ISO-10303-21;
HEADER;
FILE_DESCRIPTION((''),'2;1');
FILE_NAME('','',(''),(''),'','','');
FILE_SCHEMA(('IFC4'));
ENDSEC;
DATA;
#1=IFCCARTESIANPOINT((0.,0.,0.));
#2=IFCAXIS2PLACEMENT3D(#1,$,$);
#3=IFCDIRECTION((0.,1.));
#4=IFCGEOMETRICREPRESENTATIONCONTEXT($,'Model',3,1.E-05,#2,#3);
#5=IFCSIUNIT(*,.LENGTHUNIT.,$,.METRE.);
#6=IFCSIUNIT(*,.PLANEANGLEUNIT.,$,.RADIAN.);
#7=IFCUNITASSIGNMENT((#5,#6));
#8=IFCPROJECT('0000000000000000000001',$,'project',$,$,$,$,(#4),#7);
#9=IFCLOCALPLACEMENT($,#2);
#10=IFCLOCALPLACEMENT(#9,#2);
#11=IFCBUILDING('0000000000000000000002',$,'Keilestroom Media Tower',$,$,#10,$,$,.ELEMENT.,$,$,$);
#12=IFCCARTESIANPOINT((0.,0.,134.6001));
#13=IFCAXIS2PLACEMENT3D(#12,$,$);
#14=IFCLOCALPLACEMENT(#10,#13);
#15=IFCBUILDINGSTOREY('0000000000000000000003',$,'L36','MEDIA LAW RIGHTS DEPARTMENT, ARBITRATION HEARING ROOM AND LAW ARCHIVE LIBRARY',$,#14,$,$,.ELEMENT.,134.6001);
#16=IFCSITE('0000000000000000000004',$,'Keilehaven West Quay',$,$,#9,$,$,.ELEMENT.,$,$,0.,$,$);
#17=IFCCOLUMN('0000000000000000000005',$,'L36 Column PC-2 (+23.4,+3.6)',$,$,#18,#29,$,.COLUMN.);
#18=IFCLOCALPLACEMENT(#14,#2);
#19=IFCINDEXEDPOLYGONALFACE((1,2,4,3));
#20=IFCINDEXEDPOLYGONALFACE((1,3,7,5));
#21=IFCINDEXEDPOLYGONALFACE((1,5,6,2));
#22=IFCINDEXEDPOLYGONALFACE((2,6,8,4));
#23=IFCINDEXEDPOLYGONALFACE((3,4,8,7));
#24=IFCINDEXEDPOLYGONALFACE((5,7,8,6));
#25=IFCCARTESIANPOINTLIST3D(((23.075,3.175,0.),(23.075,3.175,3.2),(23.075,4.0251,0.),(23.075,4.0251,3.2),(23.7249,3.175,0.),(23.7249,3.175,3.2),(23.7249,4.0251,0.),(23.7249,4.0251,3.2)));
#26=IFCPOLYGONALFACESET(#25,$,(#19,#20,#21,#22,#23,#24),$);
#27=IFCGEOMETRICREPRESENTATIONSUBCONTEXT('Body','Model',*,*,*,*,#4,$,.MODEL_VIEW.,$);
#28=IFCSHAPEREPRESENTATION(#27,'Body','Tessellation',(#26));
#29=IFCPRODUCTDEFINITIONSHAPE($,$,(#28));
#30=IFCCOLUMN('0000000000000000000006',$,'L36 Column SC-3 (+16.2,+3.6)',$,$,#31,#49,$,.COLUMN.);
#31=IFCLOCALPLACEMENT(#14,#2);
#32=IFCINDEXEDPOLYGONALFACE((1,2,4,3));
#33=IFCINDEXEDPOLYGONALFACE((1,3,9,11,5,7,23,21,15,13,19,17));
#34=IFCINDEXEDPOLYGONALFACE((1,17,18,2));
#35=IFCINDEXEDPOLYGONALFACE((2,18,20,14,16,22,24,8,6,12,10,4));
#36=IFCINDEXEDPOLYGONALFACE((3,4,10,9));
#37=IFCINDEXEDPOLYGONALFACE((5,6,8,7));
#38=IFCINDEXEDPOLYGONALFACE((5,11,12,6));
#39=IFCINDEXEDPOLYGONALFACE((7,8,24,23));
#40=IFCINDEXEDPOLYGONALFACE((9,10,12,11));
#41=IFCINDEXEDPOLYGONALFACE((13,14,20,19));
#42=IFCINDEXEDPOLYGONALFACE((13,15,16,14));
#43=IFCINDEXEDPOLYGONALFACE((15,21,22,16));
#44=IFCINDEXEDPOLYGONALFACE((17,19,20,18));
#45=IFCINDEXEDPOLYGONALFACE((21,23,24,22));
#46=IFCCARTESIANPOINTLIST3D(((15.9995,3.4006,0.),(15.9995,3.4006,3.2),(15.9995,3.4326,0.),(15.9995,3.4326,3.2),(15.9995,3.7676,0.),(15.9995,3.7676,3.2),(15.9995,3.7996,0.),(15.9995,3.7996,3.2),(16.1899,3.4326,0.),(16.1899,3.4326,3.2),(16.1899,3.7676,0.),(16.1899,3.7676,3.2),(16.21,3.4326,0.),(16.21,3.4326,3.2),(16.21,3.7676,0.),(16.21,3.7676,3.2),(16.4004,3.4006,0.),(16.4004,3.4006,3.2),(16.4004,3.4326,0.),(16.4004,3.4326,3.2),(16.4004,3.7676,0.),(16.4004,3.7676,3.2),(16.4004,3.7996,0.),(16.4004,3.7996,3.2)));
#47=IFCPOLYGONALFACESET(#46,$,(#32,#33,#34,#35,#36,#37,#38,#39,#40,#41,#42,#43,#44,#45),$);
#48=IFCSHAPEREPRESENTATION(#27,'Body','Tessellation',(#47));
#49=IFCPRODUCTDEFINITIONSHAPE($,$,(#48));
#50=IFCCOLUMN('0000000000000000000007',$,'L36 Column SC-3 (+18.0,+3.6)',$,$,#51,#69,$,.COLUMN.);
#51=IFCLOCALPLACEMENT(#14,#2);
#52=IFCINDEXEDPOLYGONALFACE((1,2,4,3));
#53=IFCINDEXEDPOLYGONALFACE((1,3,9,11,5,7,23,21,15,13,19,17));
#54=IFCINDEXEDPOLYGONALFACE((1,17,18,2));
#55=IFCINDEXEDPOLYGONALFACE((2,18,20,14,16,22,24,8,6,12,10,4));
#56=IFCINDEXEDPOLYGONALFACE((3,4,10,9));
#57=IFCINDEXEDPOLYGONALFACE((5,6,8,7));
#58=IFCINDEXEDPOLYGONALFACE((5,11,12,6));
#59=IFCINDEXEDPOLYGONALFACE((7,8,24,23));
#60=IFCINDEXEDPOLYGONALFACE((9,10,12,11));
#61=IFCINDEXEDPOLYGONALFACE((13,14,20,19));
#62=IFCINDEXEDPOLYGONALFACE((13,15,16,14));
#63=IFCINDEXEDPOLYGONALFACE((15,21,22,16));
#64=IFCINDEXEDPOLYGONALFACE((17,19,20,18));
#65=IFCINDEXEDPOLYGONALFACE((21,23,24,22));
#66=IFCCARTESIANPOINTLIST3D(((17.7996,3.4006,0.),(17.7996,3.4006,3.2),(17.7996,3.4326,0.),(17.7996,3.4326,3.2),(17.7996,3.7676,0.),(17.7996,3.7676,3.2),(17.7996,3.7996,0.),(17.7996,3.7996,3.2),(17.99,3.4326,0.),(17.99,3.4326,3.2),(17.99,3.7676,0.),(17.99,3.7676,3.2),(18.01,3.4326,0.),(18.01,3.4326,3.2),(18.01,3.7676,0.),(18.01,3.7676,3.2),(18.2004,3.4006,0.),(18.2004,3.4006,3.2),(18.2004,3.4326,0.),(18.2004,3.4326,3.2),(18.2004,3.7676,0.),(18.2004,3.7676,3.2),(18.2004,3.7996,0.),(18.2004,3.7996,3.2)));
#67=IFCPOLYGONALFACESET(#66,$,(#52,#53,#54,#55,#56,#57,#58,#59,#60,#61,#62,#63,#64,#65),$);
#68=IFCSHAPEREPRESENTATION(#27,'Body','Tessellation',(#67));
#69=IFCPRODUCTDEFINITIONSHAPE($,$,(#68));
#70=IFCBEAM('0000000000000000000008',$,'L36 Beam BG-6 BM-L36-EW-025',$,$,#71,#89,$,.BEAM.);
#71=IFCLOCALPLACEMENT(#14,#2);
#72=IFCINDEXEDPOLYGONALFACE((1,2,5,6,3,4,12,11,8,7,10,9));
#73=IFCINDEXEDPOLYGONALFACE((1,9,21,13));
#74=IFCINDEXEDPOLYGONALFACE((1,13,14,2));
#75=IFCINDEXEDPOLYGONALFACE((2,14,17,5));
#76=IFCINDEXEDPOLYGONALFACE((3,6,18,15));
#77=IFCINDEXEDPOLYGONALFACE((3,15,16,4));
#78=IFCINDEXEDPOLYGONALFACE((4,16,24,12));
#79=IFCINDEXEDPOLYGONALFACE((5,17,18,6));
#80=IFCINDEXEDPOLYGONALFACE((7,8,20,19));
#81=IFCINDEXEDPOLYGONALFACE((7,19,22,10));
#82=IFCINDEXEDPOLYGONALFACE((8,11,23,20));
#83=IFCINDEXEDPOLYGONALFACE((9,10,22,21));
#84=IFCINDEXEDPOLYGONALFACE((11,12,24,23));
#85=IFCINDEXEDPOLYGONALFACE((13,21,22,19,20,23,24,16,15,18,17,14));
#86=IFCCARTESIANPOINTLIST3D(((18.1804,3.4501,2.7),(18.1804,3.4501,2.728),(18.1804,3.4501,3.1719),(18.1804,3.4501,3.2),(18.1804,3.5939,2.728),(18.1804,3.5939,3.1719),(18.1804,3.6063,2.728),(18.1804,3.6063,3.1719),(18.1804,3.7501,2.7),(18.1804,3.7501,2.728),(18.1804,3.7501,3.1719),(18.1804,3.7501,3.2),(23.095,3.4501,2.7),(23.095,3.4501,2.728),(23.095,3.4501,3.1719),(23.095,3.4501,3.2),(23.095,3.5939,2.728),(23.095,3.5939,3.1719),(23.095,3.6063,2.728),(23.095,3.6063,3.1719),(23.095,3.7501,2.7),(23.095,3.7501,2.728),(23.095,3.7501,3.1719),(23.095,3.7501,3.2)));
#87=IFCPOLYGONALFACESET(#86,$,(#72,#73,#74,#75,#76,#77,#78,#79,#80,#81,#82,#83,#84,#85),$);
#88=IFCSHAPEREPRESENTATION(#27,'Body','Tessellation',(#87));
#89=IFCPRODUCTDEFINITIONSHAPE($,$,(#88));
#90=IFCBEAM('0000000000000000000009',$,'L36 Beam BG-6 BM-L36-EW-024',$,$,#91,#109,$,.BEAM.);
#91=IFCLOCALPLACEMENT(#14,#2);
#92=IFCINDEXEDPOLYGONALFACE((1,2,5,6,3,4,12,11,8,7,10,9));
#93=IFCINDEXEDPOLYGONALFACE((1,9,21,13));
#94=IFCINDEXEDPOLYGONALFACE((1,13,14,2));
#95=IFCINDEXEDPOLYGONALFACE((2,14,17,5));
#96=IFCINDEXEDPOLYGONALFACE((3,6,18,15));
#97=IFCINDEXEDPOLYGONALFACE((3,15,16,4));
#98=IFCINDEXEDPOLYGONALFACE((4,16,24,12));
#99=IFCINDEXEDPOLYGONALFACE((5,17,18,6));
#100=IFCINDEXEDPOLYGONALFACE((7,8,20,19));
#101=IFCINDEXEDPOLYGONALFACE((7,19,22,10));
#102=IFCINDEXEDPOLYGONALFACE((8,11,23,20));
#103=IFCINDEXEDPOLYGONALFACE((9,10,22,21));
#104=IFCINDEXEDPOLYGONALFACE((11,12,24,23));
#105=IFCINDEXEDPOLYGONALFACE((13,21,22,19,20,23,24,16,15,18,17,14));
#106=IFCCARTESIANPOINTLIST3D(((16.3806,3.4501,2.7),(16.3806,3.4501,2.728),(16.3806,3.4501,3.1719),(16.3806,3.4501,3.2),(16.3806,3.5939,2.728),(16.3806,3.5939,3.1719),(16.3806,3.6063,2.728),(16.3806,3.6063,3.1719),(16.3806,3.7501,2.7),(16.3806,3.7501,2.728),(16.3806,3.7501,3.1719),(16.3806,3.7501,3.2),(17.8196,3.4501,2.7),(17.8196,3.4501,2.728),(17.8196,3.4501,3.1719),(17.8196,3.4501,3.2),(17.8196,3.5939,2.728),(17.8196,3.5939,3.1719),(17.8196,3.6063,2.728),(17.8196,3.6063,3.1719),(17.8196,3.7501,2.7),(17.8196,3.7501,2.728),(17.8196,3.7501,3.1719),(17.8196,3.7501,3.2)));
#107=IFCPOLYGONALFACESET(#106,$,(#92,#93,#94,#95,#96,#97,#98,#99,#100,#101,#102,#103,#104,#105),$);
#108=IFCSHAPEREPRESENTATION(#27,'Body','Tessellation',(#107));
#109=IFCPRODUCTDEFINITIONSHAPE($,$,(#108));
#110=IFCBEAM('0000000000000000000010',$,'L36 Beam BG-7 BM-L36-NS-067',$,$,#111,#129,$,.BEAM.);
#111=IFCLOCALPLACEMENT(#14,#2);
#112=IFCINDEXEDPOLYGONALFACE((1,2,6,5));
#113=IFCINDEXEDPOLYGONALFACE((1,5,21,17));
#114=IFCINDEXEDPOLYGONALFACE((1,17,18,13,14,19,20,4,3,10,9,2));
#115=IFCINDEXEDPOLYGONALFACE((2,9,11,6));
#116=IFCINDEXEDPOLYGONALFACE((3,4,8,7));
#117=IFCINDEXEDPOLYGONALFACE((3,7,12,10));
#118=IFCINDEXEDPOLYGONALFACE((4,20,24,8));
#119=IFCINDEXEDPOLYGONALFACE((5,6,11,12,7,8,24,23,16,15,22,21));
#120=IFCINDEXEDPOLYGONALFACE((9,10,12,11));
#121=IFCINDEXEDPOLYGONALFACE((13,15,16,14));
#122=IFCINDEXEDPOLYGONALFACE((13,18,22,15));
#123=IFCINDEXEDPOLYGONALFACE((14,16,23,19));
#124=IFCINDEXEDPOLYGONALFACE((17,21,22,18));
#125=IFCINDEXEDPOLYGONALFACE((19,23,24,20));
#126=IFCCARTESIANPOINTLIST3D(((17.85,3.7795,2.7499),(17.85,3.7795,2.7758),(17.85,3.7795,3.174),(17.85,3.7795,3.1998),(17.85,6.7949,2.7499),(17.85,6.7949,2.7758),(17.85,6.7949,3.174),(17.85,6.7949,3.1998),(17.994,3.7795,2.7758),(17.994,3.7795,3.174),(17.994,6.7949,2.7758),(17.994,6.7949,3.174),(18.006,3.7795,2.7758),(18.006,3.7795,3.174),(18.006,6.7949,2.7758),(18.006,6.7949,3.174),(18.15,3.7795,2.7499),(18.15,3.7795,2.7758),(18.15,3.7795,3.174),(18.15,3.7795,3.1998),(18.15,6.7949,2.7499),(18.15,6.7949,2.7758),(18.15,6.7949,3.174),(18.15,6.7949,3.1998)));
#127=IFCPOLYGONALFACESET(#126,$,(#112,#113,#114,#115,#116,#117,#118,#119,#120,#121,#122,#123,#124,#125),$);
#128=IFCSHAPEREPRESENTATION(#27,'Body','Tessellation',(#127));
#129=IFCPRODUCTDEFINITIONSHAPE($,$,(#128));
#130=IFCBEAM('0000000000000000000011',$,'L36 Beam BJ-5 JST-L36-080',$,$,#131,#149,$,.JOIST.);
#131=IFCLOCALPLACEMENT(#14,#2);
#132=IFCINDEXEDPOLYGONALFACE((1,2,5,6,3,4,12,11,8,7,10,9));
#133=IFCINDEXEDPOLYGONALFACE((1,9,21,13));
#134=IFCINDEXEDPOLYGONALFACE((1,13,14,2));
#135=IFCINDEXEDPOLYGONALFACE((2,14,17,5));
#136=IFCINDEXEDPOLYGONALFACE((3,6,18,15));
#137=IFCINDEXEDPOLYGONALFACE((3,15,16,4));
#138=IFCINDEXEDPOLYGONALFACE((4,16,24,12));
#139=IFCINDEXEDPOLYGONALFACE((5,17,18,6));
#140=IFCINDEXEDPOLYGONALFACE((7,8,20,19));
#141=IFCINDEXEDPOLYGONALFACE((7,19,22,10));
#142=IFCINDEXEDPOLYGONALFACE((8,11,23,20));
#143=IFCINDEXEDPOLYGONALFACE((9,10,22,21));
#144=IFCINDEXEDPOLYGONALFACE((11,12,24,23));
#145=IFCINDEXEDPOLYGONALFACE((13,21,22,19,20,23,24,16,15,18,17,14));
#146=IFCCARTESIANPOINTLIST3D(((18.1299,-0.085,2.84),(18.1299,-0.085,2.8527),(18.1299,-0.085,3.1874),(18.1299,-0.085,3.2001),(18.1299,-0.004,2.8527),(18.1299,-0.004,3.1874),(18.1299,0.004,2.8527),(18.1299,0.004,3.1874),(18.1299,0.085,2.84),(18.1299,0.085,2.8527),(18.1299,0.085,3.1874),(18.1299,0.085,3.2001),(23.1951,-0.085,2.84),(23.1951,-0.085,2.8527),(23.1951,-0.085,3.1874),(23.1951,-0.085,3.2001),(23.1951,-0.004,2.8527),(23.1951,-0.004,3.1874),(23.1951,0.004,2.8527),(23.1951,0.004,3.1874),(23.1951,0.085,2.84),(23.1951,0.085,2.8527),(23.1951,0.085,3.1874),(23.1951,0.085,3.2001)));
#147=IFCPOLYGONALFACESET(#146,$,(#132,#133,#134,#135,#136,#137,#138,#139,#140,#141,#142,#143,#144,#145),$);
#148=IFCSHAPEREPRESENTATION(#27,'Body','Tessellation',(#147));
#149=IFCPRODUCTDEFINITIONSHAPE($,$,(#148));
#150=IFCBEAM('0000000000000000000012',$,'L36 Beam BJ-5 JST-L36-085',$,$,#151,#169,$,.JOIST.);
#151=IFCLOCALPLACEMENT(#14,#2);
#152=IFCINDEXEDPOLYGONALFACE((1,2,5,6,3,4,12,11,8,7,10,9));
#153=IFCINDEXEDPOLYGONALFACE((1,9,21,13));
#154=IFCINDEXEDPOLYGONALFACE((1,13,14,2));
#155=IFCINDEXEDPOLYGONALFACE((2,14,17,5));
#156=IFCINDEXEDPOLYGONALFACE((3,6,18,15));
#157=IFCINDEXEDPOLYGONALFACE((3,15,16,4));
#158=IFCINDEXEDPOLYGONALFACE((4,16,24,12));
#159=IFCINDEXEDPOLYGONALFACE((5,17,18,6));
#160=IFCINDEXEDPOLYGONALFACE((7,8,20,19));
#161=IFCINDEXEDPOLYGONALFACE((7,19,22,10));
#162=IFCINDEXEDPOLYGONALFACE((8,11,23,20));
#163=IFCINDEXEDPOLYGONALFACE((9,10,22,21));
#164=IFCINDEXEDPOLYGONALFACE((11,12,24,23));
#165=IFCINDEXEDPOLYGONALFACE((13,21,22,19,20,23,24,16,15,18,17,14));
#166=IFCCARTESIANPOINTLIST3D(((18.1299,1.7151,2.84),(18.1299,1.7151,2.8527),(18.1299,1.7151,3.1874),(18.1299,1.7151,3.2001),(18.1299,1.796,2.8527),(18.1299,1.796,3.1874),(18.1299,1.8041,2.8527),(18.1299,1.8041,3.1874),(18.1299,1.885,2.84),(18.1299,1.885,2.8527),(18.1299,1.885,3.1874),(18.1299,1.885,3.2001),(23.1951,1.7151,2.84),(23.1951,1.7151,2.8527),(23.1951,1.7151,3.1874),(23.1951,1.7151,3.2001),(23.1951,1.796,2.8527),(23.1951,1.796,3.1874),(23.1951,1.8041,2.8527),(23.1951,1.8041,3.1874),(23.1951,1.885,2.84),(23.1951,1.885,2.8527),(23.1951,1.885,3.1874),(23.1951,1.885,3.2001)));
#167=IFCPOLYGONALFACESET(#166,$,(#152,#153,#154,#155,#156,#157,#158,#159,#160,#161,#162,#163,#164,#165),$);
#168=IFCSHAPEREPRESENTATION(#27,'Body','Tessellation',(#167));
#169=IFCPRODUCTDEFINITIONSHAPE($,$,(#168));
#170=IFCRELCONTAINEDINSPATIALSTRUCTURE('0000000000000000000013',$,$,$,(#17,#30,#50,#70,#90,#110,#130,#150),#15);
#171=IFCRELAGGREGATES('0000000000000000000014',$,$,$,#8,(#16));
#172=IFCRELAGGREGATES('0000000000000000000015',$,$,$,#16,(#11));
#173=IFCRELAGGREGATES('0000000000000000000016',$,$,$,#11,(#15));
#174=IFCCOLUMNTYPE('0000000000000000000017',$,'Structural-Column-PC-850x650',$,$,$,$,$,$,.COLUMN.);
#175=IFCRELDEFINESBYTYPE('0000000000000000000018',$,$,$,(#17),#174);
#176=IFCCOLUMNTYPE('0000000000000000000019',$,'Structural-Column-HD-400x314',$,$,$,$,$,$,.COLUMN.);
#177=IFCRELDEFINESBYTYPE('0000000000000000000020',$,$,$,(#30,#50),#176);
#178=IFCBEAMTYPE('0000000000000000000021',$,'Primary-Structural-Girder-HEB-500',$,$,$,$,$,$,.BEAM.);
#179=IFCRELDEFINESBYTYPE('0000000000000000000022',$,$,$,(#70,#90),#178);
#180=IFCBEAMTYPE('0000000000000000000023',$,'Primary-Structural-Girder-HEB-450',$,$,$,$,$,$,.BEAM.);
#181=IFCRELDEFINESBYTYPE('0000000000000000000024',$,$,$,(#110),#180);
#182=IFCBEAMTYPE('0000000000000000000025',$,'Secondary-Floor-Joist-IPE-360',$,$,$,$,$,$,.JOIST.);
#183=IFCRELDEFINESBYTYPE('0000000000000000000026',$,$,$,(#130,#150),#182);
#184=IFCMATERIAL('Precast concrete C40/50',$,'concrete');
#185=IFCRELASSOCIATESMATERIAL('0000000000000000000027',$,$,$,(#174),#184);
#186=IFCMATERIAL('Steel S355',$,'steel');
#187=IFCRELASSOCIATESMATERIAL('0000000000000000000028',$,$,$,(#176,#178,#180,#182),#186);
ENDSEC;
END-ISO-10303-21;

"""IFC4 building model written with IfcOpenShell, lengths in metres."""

from ifc_helpers import new_model, si_unit, direction, frame, origin, origin_2d, place, context, subcontext, project, spatial, rectangle, i_section, extrude, source, transform, mapped, material, material_profile, profile_set, type_object, element, save


model = new_model("IFC4")

# Units and contexts
model_context = context("Model", 3, precision=1e-05, world=origin(), true_north=direction((0.0, 1.0)))
body_context = subcontext(model_context, "Body", "Model", "MODEL_VIEW")
ifc_project = project(units=[si_unit("LENGTHUNIT", "METRE"), si_unit("PLANEANGLEUNIT", "RADIAN")], contexts=[model_context])

# Site, building, storey
site_placement = place(None, origin())
site = spatial("IfcSite", under=ifc_project, at=site_placement, Name="Keilehaven West Quay", CompositionType="ELEMENT", RefElevation=0.0)
building_placement = place(site_placement, origin())
building = spatial("IfcBuilding", under=site, at=building_placement, Name="Keilestroom Media Tower", CompositionType="ELEMENT")
storey_placement = place(building_placement, frame((0.0, 0.0, 134.6001)))
storey = spatial("IfcBuildingStorey", under=building, at=storey_placement, Name="L36", Description="MEDIA LAW RIGHTS DEPARTMENT, ARBITRATION HEARING ROOM AND LAW ARCHIVE LIBRARY", CompositionType="ELEMENT", Elevation=134.6001)

# Columns
ifc_material_1 = material(Name="Precast concrete C40/50", Category="concrete")
ifc_material_profile_1 = material_profile(ifc_material_1, rectangle(XDim=0.6499, YDim=0.8501, at=origin_2d()), Name="PC 850x650")
ifc_profile_set_1 = profile_set([ifc_material_profile_1], Name="Precast concrete C40/50")
column_type_1 = type_object("IfcColumnType", Name="Structural-Column-PC-850x650", PredefinedType="COLUMN", material=ifc_profile_set_1)
shared_shape_1 = source(origin(), body_context, "Body", "SweptSolid", [
    extrude(rectangle(XDim=0.6499, YDim=0.8501, at=origin_2d()), origin(), (0.0, 0.0, 1.0), 3.2),
])
column_placement = place(storey_placement, frame((23.3999, 3.6001, 0.0), z_axis=(0.0, 0.0, 1.0), x_axis=(1.0, 0.0, 0.0)))
element("IfcColumn", 1, at=column_placement, inside=storey, type_object=column_type_1, Name="L36 Column PC-2 (+23.4,+3.6)", PredefinedType="COLUMN", context=body_context, shape_type="MappedRepresentation", body=[
    mapped(shared_shape_1, transform((0.0, 0.0, 0.0), x_axis=(1.0, 0.0, 0.0), y_axis=(0.0, 1.0, 0.0), z_axis=(0.0, 0.0, 1.0), scale=1.0)),
])
ifc_material_2 = material(Name="Steel S355", Category="steel")
ifc_material_profile_2 = material_profile(ifc_material_2, i_section(OverallWidth=0.4009, OverallDepth=0.3989, WebThickness=0.02, FlangeThickness=0.032, at=origin_2d()), Name="HD 400x314")
ifc_profile_set_2 = profile_set([ifc_material_profile_2], Name="Steel S355")
column_type_2 = type_object("IfcColumnType", Name="Structural-Column-HD-400x314", PredefinedType="COLUMN", material=ifc_profile_set_2)
shared_shape_2 = source(origin(), body_context, "Body", "SweptSolid", [
    extrude(i_section(OverallWidth=0.4009, OverallDepth=0.3989, WebThickness=0.02, FlangeThickness=0.032, at=origin_2d()), origin(), (0.0, 0.0, 1.0), 3.2),
])
for number, where, z_axis, x_axis, name in (
    (2, (16.2, 3.6001, 0.0), (0.0, 0.0, 1.0), (1.0, 0.0, 0.0), "L36 Column SC-3 (+16.2,+3.6)"),
    (3, (18.0, 3.6001, 0.0), (0.0, 0.0, 1.0), (1.0, 0.0, 0.0), "L36 Column SC-3 (+18.0,+3.6)"),
):
    element("IfcColumn", number, at=place(storey_placement, frame(where, z_axis=z_axis, x_axis=x_axis)), inside=storey, type_object=column_type_2, Name=name, PredefinedType="COLUMN", context=body_context, shape_type="MappedRepresentation", body=[
        mapped(shared_shape_2, transform((0.0, 0.0, 0.0), x_axis=(1.0, 0.0, 0.0), y_axis=(0.0, 1.0, 0.0), z_axis=(0.0, 0.0, 1.0), scale=1.0)),
    ])

# Beams
ifc_material_profile_3 = material_profile(ifc_material_2, i_section(OverallWidth=0.3, OverallDepth=0.5, WebThickness=0.0125, FlangeThickness=0.0281, at=origin_2d()), Name="HEB 500")
ifc_profile_set_3 = profile_set([ifc_material_profile_3], Name="Steel S355")
beam_type_1 = type_object("IfcBeamType", Name="Primary-Structural-Girder-HEB-500", PredefinedType="BEAM", material=ifc_profile_set_3)
shared_shape_3 = source(origin(), body_context, "Body", "SweptSolid", [
    extrude(i_section(OverallWidth=0.3, OverallDepth=0.5, WebThickness=0.0125, FlangeThickness=0.0281, at=origin_2d()), origin(), (0.0, 0.0, 1.0), 4.9146),
])
beam_1_placement = place(storey_placement, frame((18.1804, 3.6001, 2.95), z_axis=(1.0, 0.0, 0.0), x_axis=(0.0, 1.0, 0.0)))
element("IfcBeam", 4, at=beam_1_placement, inside=storey, type_object=beam_type_1, Name="L36 Beam BG-6 BM-L36-EW-025", PredefinedType="BEAM", context=body_context, shape_type="MappedRepresentation", body=[
    mapped(shared_shape_3, transform((0.0, 0.0, 0.0), x_axis=(1.0, 0.0, 0.0), y_axis=(0.0, 1.0, 0.0), z_axis=(0.0, 0.0, 1.0), scale=1.0)),
])
shared_shape_4 = source(origin(), body_context, "Body", "SweptSolid", [
    extrude(i_section(OverallWidth=0.3, OverallDepth=0.5, WebThickness=0.0125, FlangeThickness=0.0281, at=origin_2d()), origin(), (0.0, 0.0, 1.0), 1.439),
])
beam_2_placement = place(storey_placement, frame((16.3806, 3.6001, 2.95), z_axis=(1.0, 0.0, 0.0), x_axis=(0.0, 1.0, 0.0)))
element("IfcBeam", 5, at=beam_2_placement, inside=storey, type_object=beam_type_1, Name="L36 Beam BG-6 BM-L36-EW-024", PredefinedType="BEAM", context=body_context, shape_type="MappedRepresentation", body=[
    mapped(shared_shape_4, transform((0.0, 0.0, 0.0), x_axis=(1.0, 0.0, 0.0), y_axis=(0.0, 1.0, 0.0), z_axis=(0.0, 0.0, 1.0), scale=1.0)),
])
ifc_material_profile_4 = material_profile(ifc_material_2, i_section(OverallWidth=0.3, OverallDepth=0.45, WebThickness=0.012, FlangeThickness=0.0259, at=origin_2d()), Name="HEB 450")
ifc_profile_set_4 = profile_set([ifc_material_profile_4], Name="Steel S355")
beam_type_2 = type_object("IfcBeamType", Name="Primary-Structural-Girder-HEB-450", PredefinedType="BEAM", material=ifc_profile_set_4)
shared_shape_5 = source(origin(), body_context, "Body", "SweptSolid", [
    extrude(i_section(OverallWidth=0.3, OverallDepth=0.45, WebThickness=0.012, FlangeThickness=0.0259, at=origin_2d()), origin(), (0.0, 0.0, 1.0), 3.0154),
])
beam_3_placement = place(storey_placement, frame((18.0, 3.7795, 2.9749), z_axis=(0.0, 1.0, 0.0), x_axis=(-1.0, 0.0, 0.0)))
element("IfcBeam", 6, at=beam_3_placement, inside=storey, type_object=beam_type_2, Name="L36 Beam BG-7 BM-L36-NS-067", PredefinedType="BEAM", context=body_context, shape_type="MappedRepresentation", body=[
    mapped(shared_shape_5, transform((0.0, 0.0, 0.0), x_axis=(1.0, 0.0, 0.0), y_axis=(0.0, 1.0, 0.0), z_axis=(0.0, 0.0, 1.0), scale=1.0)),
])
ifc_material_profile_5 = material_profile(ifc_material_2, i_section(OverallWidth=0.1699, OverallDepth=0.3601, WebThickness=0.0081, FlangeThickness=0.0127, at=origin_2d()), Name="IPE 360")
ifc_profile_set_5 = profile_set([ifc_material_profile_5], Name="Steel S355")
beam_type_3 = type_object("IfcBeamType", Name="Secondary-Floor-Joist-IPE-360", PredefinedType="JOIST", material=ifc_profile_set_5)
shared_shape_6 = source(origin(), body_context, "Body", "SweptSolid", [
    extrude(i_section(OverallWidth=0.1699, OverallDepth=0.3601, WebThickness=0.0081, FlangeThickness=0.0127, at=origin_2d()), origin(), (0.0, 0.0, 1.0), 5.0652),
])
for number, where, z_axis, x_axis, name in (
    (7, (18.1299, 0.0, 3.02), (1.0, 0.0, 0.0), (0.0, 1.0, 0.0), "L36 Beam BJ-5 JST-L36-080"),
    (8, (18.1299, 1.8, 3.02), (1.0, 0.0, 0.0), (0.0, 1.0, 0.0), "L36 Beam BJ-5 JST-L36-085"),
):
    element("IfcBeam", number, at=place(storey_placement, frame(where, z_axis=z_axis, x_axis=x_axis)), inside=storey, type_object=beam_type_3, Name=name, PredefinedType="JOIST", context=body_context, shape_type="MappedRepresentation", body=[
        mapped(shared_shape_6, transform((0.0, 0.0, 0.0), x_axis=(1.0, 0.0, 0.0), y_axis=(0.0, 1.0, 0.0), z_axis=(0.0, 0.0, 1.0), scale=1.0)),
    ])

save(model, "model.ifc")
